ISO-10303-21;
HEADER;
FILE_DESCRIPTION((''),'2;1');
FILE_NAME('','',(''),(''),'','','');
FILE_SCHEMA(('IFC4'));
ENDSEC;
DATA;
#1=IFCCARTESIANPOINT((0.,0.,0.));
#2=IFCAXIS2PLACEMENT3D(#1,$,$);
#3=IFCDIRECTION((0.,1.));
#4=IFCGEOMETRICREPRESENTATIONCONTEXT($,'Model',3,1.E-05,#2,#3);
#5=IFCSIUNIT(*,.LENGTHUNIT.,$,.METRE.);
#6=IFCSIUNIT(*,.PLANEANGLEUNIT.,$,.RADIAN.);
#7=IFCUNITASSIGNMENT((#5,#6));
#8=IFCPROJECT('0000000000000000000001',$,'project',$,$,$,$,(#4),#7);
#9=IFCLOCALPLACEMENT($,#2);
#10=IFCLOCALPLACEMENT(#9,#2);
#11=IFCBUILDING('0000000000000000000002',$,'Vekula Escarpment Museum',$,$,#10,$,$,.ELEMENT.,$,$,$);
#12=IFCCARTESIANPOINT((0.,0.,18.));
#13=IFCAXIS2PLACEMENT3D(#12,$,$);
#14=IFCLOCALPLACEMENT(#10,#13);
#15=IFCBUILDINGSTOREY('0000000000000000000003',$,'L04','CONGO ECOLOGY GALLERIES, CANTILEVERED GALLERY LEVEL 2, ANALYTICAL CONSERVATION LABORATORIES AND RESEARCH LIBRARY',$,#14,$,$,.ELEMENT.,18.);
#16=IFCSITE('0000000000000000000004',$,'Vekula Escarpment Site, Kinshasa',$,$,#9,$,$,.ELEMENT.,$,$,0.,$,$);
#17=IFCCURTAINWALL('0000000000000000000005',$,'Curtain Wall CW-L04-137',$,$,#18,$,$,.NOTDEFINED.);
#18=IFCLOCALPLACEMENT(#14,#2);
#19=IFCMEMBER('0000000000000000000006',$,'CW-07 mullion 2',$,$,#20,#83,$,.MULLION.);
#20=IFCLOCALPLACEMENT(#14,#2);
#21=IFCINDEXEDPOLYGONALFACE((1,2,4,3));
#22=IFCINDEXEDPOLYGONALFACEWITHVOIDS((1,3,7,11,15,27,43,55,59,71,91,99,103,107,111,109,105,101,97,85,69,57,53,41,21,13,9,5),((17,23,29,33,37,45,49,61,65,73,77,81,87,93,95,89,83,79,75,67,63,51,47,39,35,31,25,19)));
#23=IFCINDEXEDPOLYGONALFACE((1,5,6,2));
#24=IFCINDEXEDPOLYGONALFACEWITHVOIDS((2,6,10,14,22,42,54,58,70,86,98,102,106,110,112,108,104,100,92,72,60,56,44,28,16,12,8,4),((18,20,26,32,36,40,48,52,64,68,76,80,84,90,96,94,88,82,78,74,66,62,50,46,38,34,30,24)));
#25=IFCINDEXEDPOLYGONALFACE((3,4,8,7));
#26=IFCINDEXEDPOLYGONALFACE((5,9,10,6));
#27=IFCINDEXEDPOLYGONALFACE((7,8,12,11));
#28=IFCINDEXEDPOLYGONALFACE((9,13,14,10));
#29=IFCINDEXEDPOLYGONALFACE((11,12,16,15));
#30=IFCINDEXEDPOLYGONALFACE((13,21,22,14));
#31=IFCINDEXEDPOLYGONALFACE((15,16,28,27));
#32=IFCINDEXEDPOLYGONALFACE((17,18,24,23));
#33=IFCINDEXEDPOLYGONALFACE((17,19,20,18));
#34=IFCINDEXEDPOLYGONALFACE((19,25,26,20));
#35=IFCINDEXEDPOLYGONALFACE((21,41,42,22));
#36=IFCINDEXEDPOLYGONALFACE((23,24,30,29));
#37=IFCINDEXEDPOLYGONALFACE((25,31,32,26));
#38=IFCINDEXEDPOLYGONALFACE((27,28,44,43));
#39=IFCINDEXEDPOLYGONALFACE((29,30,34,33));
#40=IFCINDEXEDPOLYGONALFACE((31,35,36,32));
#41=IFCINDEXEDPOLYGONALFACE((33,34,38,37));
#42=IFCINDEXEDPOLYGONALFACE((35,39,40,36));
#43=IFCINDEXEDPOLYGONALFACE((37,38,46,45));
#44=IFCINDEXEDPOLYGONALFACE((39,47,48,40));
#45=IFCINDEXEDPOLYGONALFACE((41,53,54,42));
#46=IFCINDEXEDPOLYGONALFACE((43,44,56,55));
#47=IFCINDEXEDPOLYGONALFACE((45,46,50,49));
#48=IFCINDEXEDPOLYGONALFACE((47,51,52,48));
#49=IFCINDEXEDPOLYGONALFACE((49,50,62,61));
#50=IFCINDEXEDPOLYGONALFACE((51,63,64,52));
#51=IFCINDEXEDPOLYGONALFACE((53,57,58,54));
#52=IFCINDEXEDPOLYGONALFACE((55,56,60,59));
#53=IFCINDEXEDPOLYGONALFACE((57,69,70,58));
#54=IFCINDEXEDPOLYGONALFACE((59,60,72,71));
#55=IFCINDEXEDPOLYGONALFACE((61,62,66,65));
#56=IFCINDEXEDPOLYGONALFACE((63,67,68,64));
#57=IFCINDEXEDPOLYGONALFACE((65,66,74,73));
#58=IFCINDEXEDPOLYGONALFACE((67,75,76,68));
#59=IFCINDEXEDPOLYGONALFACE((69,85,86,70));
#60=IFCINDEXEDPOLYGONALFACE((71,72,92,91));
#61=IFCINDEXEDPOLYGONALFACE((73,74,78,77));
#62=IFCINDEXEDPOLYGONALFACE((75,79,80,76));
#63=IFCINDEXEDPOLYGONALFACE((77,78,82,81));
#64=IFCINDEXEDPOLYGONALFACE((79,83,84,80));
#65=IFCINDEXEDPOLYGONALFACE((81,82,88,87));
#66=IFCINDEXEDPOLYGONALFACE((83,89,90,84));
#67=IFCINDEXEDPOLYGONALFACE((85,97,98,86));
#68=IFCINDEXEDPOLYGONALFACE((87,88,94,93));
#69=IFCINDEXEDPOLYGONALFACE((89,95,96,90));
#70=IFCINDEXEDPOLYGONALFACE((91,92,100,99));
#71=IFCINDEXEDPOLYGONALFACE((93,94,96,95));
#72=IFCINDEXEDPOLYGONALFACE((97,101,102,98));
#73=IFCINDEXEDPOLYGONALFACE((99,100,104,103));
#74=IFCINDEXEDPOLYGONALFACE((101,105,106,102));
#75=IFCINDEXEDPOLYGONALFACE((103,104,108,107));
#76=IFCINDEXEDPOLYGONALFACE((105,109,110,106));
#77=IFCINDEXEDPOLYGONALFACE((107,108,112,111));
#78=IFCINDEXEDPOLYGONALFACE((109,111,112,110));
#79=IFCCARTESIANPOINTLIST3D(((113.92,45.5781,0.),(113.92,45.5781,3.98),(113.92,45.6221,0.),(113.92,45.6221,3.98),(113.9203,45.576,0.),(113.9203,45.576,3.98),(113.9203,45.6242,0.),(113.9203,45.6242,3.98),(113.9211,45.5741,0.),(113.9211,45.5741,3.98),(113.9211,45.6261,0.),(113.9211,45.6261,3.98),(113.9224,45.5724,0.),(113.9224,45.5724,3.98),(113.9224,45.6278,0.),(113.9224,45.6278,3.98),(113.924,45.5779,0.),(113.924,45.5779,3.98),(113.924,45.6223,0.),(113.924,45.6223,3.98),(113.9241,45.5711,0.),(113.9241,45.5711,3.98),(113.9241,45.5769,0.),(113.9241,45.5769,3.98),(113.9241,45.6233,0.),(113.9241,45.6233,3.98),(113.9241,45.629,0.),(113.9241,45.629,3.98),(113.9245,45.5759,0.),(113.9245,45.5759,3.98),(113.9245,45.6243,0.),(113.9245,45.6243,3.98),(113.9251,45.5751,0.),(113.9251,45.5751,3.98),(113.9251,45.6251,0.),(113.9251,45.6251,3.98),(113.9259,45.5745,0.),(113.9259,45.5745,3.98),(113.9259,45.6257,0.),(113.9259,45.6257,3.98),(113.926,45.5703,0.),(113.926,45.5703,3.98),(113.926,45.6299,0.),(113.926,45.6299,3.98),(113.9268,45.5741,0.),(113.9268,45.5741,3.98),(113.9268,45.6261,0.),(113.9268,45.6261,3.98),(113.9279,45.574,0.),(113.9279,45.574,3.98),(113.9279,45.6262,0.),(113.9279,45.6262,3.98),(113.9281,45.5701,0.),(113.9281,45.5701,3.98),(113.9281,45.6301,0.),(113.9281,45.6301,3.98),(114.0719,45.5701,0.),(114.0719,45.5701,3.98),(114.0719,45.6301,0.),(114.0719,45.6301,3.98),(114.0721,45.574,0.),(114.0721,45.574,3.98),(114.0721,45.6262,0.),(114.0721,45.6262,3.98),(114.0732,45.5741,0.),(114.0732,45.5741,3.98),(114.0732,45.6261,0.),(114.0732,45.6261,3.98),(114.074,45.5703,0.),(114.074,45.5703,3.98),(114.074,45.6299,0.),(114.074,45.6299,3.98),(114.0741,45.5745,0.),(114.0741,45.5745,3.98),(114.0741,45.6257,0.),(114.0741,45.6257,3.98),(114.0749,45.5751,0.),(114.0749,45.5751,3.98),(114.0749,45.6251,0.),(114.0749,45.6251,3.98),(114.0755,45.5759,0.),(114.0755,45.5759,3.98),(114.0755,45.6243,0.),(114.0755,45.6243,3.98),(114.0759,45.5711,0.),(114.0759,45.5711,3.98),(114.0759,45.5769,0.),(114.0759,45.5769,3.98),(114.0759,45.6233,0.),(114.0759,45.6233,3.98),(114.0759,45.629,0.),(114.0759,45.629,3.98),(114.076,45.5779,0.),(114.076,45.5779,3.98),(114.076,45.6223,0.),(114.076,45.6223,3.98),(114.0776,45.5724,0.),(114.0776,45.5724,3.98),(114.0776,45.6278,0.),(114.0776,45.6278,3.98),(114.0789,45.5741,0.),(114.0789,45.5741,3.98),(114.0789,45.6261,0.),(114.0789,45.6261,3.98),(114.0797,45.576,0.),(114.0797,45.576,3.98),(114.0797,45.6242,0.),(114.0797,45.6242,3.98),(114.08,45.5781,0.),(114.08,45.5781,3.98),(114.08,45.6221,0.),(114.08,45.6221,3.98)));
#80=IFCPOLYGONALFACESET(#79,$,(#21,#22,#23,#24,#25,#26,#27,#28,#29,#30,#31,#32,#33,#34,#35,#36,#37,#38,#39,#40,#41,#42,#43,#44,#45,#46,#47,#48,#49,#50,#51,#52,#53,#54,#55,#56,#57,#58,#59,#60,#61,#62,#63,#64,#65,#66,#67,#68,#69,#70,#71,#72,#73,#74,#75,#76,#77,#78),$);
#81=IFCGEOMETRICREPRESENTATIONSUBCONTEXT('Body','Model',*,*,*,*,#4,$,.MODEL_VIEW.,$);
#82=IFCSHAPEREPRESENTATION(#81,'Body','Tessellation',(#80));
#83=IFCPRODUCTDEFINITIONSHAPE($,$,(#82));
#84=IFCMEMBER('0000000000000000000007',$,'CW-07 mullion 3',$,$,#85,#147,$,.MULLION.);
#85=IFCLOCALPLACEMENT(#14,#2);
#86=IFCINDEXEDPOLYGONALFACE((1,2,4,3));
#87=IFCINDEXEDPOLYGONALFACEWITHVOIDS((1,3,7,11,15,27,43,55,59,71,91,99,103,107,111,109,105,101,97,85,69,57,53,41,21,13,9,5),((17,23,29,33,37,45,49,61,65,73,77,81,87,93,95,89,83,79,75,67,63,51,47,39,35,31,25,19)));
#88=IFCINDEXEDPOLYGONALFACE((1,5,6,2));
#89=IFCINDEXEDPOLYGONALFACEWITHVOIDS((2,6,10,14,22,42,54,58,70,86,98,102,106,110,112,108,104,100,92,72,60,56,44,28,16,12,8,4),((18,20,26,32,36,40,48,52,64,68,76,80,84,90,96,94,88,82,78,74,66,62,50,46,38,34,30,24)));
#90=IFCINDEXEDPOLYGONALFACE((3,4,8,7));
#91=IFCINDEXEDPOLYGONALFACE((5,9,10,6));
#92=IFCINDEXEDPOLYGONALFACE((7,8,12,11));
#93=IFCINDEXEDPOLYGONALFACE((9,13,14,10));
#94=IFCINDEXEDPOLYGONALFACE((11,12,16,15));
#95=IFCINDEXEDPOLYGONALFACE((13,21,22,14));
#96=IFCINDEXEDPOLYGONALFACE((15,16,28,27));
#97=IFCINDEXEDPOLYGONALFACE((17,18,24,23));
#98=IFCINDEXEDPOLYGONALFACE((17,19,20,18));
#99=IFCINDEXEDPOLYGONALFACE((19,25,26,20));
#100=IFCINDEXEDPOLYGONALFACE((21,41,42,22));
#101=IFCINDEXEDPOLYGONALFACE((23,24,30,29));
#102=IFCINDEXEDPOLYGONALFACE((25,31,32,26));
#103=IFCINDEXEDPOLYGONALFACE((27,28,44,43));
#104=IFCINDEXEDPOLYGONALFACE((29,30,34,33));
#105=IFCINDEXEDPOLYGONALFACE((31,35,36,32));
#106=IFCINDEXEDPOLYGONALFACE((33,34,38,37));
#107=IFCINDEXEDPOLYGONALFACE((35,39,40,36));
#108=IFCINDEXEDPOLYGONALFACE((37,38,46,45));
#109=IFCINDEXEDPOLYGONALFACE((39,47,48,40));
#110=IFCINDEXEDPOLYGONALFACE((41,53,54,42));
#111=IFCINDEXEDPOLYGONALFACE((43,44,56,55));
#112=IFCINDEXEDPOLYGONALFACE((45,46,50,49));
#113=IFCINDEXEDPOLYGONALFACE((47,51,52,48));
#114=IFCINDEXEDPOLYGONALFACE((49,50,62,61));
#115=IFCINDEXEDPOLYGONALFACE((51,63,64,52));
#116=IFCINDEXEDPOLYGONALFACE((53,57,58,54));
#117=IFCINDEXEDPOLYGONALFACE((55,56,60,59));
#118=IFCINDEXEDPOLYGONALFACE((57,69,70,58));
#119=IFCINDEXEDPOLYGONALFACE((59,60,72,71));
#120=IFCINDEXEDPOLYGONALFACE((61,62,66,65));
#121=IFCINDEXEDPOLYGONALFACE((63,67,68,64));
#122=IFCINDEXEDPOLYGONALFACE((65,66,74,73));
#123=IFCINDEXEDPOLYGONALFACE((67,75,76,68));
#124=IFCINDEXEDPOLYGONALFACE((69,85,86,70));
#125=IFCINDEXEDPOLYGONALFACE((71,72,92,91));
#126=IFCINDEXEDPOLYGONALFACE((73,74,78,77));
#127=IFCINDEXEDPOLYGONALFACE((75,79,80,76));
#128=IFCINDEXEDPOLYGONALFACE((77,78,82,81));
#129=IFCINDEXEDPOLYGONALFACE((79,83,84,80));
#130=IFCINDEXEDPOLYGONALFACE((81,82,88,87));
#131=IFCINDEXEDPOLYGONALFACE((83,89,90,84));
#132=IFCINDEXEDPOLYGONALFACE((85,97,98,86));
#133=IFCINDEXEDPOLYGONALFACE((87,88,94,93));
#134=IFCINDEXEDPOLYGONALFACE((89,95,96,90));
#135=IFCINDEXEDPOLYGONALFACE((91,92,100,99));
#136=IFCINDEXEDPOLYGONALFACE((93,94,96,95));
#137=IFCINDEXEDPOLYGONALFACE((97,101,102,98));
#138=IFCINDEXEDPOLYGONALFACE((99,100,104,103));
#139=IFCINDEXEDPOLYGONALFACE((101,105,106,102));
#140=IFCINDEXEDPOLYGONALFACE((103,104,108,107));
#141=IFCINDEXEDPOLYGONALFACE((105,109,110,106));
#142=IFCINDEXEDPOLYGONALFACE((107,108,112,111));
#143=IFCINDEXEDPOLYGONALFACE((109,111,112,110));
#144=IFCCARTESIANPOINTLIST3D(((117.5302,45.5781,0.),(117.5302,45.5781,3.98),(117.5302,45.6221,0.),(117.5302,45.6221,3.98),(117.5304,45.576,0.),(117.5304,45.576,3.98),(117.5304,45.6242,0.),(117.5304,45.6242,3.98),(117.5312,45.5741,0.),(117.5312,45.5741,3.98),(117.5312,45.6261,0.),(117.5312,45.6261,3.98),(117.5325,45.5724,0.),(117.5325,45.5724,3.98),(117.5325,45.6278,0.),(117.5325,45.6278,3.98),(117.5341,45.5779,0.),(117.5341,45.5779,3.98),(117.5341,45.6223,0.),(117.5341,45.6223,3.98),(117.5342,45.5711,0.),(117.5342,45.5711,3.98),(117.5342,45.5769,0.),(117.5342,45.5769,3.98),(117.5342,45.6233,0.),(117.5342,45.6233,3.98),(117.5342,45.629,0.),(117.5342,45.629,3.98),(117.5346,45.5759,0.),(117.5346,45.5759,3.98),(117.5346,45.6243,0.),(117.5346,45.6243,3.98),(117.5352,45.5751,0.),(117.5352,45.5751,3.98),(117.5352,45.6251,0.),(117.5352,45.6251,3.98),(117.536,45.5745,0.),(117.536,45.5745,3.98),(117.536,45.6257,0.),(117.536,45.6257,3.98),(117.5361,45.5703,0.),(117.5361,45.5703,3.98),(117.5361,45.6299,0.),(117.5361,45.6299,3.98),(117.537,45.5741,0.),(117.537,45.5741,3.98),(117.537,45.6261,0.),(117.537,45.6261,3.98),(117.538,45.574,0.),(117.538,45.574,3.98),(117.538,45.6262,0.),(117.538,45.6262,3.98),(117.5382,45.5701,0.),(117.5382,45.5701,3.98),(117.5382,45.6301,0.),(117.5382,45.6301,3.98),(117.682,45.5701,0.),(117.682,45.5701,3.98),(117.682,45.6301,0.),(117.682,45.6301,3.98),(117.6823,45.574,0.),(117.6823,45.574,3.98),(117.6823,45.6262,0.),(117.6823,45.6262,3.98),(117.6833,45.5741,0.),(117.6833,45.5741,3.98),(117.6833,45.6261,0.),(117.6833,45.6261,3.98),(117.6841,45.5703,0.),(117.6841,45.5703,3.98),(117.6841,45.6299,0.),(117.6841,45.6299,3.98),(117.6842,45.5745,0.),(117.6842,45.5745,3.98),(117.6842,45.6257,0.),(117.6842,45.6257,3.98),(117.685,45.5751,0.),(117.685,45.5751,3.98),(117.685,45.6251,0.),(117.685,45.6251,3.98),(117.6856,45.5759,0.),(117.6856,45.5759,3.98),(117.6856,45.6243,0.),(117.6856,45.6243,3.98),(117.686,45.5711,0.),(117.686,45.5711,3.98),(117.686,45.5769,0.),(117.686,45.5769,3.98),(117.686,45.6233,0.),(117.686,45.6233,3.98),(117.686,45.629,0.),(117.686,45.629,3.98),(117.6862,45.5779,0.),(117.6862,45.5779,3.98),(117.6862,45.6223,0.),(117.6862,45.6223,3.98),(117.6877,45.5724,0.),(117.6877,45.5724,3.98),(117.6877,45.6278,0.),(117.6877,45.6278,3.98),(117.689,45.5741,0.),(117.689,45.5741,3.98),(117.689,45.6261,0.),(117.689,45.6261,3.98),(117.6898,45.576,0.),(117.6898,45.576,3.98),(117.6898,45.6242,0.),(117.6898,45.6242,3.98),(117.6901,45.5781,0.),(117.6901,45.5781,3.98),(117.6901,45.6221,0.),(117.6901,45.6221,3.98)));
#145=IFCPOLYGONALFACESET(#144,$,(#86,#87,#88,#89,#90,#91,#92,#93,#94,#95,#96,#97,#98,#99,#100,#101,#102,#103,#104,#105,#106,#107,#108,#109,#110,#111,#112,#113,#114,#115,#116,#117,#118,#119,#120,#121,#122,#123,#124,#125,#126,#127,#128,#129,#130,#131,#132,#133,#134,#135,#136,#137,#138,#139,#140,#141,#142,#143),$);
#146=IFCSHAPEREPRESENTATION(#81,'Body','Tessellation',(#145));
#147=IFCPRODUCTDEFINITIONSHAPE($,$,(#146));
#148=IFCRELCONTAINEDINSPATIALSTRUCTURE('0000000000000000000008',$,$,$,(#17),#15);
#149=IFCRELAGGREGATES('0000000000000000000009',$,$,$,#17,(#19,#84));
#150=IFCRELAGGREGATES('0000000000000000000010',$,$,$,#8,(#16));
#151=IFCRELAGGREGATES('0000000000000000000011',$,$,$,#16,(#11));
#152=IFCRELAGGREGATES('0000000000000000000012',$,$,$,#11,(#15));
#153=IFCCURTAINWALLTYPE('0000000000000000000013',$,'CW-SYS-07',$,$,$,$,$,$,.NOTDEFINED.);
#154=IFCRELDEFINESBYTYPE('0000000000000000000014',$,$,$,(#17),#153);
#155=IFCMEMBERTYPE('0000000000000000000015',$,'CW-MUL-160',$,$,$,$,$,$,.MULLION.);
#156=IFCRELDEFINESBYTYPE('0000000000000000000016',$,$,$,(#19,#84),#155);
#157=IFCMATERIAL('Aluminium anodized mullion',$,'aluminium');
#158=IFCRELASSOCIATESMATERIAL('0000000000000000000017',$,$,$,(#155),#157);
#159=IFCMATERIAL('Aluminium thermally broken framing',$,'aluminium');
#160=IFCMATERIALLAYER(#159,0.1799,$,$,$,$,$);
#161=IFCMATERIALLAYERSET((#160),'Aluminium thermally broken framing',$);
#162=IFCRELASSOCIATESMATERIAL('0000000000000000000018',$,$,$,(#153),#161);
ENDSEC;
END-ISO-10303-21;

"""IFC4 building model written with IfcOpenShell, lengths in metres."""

from ifc_helpers import new_model, si_unit, direction, frame, origin, origin_2d, place, context, subcontext, project, spatial, hollow_rectangle, extrude, material, layer, layer_set, material_profile, profile_set, type_object, element, aggregate, save


model = new_model("IFC4")

# Units and contexts
model_context = context("Model", 3, precision=1e-05, world=origin(), true_north=direction((0.0, 1.0)))
body_context = subcontext(model_context, "Body", "Model", "MODEL_VIEW")
ifc_project = project(units=[si_unit("LENGTHUNIT", "METRE"), si_unit("PLANEANGLEUNIT", "RADIAN")], contexts=[model_context])

# Site, building, storey
site_placement = place(None, origin())
site = spatial("IfcSite", under=ifc_project, at=site_placement, Name="Vekula Escarpment Site, Kinshasa", CompositionType="ELEMENT", RefElevation=0.0)
building_placement = place(site_placement, origin())
building = spatial("IfcBuilding", under=site, at=building_placement, Name="Vekula Escarpment Museum", CompositionType="ELEMENT")
storey_placement = place(building_placement, frame((0.0, 0.0, 18.0)))
storey = spatial("IfcBuildingStorey", under=building, at=storey_placement, Name="L04", Description="CONGO ECOLOGY GALLERIES, CANTILEVERED GALLERY LEVEL 2, ANALYTICAL CONSERVATION LABORATORIES AND RESEARCH LIBRARY", CompositionType="ELEMENT", Elevation=18.0)

# Shared definitions
ifc_material_1 = material(Name="Aluminium anodized mullion", Category="aluminium")
ifc_material_profile_1 = material_profile(ifc_material_1, hollow_rectangle(XDim=0.0601, YDim=0.1599, WallThickness=0.0039, InnerFilletRadius=0.0039, OuterFilletRadius=0.0081, at=origin_2d()), Name="ALU 160x60x4")
ifc_profile_set_1 = profile_set([ifc_material_profile_1], Name="Aluminium anodized mullion")
member_type_1 = type_object("IfcMemberType", Name="CW-MUL-160", PredefinedType="MULLION", material=ifc_profile_set_1)

# Curtain wall, members
ifc_material_2 = material(Name="Aluminium thermally broken framing", Category="aluminium")
ifc_layer_1 = layer(ifc_material_2, 0.1799)
ifc_layer_set_1 = layer_set([ifc_layer_1], Name="Aluminium thermally broken framing")
curtain_wall_type_1 = type_object("IfcCurtainWallType", Name="CW-SYS-07", PredefinedType="NOTDEFINED", material=ifc_layer_set_1)
curtain_wall_1_placement = place(storey_placement, origin())
curtain_wall_1 = element("IfcCurtainWall", 1, at=curtain_wall_1_placement, inside=storey, type_object=curtain_wall_type_1, Name="Curtain Wall CW-L04-137", PredefinedType="NOTDEFINED")
member_1_placement = place(storey_placement, frame((114.0, 45.6001, 0.0), z_axis=(0.0, 0.0, 1.0), x_axis=(0.0, 1.0, 0.0)))
member_1 = element("IfcMember", 2, at=member_1_placement, type_object=member_type_1, Name="CW-07 mullion 2", PredefinedType="MULLION", context=body_context, shape_type="SweptSolid", body=[
    extrude(hollow_rectangle(XDim=0.0601, YDim=0.1599, WallThickness=0.0039, InnerFilletRadius=0.0039, OuterFilletRadius=0.0081, at=origin_2d()), origin(), (0.0, 0.0, 1.0), 3.98),
])
member_2_placement = place(storey_placement, frame((117.6101, 45.6001, 0.0), z_axis=(0.0, 0.0, 1.0), x_axis=(0.0, 1.0, 0.0)))
member_2 = element("IfcMember", 3, at=member_2_placement, type_object=member_type_1, Name="CW-07 mullion 3", PredefinedType="MULLION", context=body_context, shape_type="SweptSolid", body=[
    extrude(hollow_rectangle(XDim=0.0601, YDim=0.1599, WallThickness=0.0039, InnerFilletRadius=0.0039, OuterFilletRadius=0.0081, at=origin_2d()), origin(), (0.0, 0.0, 1.0), 3.98),
])

aggregate(curtain_wall_1, [member_1, member_2])

save(model, "model.ifc")
